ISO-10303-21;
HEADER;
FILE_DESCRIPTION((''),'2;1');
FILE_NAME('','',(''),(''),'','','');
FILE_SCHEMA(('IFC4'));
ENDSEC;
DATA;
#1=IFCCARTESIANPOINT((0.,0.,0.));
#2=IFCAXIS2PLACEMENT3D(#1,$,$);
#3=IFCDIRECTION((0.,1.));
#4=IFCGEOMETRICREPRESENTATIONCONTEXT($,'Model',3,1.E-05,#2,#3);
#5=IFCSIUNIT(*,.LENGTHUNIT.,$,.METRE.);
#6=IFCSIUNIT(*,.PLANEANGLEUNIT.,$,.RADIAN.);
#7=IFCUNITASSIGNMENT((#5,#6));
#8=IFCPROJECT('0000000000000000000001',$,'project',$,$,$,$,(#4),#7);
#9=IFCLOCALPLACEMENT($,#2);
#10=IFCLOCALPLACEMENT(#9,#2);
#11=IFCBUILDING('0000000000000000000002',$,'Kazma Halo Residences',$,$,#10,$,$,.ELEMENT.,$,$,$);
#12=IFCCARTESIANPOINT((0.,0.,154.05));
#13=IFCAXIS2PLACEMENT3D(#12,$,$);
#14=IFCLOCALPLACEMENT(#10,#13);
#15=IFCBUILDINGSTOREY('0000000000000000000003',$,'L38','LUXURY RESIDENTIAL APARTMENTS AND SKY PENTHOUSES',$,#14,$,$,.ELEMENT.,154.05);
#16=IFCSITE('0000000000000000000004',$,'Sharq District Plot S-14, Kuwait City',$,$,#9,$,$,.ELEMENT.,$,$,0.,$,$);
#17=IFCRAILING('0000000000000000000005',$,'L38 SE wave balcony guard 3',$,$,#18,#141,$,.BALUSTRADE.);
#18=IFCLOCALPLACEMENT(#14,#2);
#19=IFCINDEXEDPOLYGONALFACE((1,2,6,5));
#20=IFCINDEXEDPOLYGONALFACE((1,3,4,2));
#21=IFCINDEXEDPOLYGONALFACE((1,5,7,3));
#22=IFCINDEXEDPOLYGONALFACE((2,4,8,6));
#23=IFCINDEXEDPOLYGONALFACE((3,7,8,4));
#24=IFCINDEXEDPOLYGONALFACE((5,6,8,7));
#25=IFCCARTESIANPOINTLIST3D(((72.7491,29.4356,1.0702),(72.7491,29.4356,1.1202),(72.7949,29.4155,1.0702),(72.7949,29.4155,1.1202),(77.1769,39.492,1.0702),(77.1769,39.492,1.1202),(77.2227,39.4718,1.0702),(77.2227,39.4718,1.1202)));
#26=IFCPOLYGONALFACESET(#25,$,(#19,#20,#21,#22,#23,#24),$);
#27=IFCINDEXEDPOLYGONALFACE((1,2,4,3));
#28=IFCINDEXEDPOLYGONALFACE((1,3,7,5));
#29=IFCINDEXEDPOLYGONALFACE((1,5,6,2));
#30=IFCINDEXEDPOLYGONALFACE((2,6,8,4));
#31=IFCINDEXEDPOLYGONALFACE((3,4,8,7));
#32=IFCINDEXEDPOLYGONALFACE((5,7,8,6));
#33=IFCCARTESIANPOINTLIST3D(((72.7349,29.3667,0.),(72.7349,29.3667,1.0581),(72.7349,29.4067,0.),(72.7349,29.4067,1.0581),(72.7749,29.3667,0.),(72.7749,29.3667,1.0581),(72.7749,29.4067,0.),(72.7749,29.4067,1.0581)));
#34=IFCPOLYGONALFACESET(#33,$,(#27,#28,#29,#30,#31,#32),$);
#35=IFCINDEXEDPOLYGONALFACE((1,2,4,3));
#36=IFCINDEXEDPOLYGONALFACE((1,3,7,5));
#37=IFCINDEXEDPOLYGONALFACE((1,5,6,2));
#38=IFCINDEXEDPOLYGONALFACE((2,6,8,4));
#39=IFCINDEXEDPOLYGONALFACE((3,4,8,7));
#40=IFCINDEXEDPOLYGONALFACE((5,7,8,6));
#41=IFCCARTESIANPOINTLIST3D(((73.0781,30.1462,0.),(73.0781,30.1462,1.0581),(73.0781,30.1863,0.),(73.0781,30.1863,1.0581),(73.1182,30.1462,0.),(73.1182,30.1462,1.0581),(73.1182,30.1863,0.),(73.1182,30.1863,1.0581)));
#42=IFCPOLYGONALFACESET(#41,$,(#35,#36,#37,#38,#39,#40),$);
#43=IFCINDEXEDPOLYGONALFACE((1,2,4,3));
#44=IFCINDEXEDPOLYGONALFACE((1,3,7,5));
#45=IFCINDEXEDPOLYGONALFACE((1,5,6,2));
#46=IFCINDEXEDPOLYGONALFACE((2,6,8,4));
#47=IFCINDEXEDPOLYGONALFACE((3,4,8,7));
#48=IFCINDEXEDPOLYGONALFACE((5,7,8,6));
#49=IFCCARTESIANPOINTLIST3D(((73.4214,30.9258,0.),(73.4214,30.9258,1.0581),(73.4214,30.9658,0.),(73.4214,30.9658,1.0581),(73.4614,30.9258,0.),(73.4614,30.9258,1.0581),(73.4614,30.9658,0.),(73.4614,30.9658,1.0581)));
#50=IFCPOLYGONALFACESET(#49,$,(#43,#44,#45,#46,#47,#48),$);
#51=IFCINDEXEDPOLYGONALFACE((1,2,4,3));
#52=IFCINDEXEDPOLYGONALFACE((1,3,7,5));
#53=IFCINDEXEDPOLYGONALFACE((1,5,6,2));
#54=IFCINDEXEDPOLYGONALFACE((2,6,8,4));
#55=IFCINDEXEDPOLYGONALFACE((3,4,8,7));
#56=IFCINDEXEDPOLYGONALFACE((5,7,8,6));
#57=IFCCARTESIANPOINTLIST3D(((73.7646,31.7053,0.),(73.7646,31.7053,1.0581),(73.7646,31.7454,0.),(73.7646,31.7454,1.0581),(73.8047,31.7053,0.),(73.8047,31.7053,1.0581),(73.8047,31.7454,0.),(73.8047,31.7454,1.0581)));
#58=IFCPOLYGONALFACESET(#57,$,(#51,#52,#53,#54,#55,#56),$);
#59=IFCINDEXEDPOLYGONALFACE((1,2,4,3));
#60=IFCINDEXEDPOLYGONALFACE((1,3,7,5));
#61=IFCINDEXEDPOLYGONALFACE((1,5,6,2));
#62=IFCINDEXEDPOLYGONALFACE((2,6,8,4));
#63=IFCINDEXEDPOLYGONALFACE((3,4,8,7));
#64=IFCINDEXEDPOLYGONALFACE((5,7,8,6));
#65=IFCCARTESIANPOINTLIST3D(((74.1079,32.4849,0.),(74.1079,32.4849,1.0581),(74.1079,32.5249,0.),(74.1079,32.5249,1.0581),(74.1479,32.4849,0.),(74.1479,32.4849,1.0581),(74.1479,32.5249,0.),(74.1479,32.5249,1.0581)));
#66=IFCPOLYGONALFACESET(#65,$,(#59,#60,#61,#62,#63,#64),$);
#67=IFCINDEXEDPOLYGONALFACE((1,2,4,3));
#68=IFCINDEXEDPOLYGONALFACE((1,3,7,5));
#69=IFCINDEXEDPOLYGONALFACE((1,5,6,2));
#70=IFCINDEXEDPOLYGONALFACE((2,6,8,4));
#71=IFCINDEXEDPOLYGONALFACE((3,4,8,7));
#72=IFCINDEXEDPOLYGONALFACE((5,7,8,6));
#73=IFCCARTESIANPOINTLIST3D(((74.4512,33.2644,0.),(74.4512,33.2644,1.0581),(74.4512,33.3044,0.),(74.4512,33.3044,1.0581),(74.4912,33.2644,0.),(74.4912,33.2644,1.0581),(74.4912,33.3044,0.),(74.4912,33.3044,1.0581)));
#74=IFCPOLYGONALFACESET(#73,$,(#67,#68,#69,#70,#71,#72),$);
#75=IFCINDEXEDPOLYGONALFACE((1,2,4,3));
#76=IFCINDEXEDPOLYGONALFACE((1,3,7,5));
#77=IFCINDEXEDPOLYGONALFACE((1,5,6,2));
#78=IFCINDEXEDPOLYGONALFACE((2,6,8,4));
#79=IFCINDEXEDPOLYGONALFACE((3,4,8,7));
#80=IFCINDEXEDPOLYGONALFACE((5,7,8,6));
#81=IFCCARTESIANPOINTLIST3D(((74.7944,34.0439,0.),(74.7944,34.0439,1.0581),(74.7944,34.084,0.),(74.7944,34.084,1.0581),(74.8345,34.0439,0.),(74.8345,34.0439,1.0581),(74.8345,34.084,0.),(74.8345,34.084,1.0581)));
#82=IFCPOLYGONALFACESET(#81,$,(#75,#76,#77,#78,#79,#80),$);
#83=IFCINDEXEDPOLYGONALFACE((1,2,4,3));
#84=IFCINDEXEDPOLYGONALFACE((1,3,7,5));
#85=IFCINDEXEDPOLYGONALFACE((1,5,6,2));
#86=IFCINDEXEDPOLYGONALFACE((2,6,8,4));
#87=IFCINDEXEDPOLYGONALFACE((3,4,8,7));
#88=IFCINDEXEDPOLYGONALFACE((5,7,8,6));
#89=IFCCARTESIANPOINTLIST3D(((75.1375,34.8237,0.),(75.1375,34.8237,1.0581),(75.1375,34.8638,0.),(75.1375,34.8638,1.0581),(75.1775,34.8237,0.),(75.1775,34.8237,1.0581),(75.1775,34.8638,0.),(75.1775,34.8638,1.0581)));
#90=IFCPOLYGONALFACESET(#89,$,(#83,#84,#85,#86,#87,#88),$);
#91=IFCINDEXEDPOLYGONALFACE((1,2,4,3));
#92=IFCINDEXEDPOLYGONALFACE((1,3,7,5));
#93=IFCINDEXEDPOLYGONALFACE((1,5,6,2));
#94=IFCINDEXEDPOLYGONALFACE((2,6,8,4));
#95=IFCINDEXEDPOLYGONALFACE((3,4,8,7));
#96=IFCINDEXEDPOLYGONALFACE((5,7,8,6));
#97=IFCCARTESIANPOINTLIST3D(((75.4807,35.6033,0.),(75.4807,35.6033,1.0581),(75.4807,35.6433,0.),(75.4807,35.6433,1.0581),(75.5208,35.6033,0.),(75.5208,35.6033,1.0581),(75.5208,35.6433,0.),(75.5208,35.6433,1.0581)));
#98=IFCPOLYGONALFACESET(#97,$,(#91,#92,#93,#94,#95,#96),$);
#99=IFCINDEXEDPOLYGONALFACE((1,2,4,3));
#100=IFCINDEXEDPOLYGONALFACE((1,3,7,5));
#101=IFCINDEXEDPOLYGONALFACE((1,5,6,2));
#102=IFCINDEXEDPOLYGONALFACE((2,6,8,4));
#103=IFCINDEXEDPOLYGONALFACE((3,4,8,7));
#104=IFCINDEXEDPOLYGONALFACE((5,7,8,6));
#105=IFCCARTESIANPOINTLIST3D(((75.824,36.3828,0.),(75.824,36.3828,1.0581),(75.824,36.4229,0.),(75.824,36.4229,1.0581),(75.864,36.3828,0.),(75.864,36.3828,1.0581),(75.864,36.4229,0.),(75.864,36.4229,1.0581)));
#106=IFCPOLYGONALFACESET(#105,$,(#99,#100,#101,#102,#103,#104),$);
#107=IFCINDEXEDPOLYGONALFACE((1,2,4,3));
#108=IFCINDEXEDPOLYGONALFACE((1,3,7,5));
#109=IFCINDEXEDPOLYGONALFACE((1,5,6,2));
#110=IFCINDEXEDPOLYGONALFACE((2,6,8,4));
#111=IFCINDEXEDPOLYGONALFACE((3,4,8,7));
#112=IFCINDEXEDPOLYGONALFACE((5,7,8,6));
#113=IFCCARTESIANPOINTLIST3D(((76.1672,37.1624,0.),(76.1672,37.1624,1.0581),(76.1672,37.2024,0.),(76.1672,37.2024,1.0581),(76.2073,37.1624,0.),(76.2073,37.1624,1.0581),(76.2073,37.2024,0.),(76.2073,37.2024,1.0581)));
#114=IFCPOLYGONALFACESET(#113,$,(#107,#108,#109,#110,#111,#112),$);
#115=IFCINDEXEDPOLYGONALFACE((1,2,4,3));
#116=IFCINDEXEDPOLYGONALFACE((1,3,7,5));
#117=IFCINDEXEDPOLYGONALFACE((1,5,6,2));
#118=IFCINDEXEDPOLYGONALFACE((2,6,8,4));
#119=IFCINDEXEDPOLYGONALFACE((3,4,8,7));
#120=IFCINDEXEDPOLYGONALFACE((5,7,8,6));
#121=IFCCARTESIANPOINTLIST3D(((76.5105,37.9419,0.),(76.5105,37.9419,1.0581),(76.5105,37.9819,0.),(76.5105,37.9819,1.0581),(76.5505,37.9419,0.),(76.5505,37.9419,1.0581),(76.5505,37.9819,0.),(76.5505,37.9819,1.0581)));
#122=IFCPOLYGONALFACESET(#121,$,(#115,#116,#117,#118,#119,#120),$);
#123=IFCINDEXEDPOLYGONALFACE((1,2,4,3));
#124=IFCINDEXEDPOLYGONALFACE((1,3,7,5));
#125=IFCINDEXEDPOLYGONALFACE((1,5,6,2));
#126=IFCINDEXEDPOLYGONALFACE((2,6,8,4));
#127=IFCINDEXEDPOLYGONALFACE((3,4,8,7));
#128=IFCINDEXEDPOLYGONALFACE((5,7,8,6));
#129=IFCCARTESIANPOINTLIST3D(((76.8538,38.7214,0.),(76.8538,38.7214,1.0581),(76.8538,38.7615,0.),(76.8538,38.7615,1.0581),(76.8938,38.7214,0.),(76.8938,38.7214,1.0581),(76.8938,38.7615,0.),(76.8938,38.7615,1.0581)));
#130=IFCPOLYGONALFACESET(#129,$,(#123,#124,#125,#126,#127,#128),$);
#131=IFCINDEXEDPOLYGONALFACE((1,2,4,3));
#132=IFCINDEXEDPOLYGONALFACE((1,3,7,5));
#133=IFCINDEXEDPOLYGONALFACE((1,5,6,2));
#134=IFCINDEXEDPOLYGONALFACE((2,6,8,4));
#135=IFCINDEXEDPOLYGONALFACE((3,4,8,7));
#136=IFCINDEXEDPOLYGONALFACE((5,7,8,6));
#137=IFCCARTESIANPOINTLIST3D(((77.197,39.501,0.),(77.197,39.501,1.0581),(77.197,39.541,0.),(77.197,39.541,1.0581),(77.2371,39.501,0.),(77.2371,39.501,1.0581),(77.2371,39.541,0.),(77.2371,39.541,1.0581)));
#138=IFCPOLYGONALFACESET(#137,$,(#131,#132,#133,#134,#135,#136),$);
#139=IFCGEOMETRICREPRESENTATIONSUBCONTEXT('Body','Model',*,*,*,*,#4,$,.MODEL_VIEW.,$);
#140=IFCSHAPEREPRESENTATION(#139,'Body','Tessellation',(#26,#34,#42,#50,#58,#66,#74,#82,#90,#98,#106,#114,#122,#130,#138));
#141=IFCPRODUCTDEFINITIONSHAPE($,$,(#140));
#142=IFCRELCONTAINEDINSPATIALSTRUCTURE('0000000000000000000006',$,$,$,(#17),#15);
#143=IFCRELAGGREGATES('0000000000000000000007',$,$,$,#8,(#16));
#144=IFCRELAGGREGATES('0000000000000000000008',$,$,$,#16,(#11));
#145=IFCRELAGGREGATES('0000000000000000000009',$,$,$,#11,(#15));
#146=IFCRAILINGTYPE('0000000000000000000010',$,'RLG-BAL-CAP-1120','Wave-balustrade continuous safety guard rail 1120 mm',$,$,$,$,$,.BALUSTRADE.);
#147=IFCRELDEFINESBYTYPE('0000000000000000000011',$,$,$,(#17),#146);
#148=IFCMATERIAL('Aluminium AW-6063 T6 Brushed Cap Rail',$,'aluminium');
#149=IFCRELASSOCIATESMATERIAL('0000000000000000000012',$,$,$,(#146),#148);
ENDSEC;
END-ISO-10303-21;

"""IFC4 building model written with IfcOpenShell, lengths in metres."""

from ifc_helpers import new_model, si_unit, direction, frame, origin, origin_2d, place, context, subcontext, project, spatial, rectangle, extrude, material, type_object, element, save


model = new_model("IFC4")

# Units and contexts
model_context = context("Model", 3, precision=1e-05, world=origin(), true_north=direction((0.0, 1.0)))
body_context = subcontext(model_context, "Body", "Model", "MODEL_VIEW")
ifc_project = project(units=[si_unit("LENGTHUNIT", "METRE"), si_unit("PLANEANGLEUNIT", "RADIAN")], contexts=[model_context])

# Site, building, storey
site_placement = place(None, origin())
site = spatial("IfcSite", under=ifc_project, at=site_placement, Name="Sharq District Plot S-14, Kuwait City", CompositionType="ELEMENT", RefElevation=0.0)
building_placement = place(site_placement, origin())
building = spatial("IfcBuilding", under=site, at=building_placement, Name="Kazma Halo Residences", CompositionType="ELEMENT")
storey_placement = place(building_placement, frame((0.0, 0.0, 154.05)))
storey = spatial("IfcBuildingStorey", under=building, at=storey_placement, Name="L38", Description="LUXURY RESIDENTIAL APARTMENTS AND SKY PENTHOUSES", CompositionType="ELEMENT", Elevation=154.05)

# Railing
ifc_material_1 = material(Name="Aluminium AW-6063 T6 Brushed Cap Rail", Category="aluminium")
railing_type = type_object("IfcRailingType", Name="RLG-BAL-CAP-1120", Description="Wave-balustrade continuous safety guard rail 1120 mm", PredefinedType="BALUSTRADE", material=ifc_material_1)
railing_1_placement = place(storey_placement, frame((72.7549, 29.3867, 0.0)))
element("IfcRailing", 1, at=railing_1_placement, inside=storey, type_object=railing_type, Name="L38 SE wave balcony guard 3", PredefinedType="BALUSTRADE", context=body_context, shape_type="SweptSolid", body=[
    extrude(rectangle(XDim=0.05, YDim=0.05, at=origin_2d()), frame((0.0171, 0.0388, 1.0952), z_axis=(0.402971, 0.915213, 0.0), x_axis=(-0.915213, 0.402971, 0.0)), (0.0, 0.0, 1.0), 10.988),
    extrude(rectangle(XDim=0.04, YDim=0.04, at=origin_2d()), origin(), (0.0, 0.0, 1.0), 1.0581),
    extrude(rectangle(XDim=0.04, YDim=0.04, at=origin_2d()), frame((0.3433, 0.7795, 0.0)), (0.0, 0.0, 1.0), 1.0581),
    extrude(rectangle(XDim=0.04, YDim=0.04, at=origin_2d()), frame((0.6865, 1.5591, 0.0)), (0.0, 0.0, 1.0), 1.0581),
    extrude(rectangle(XDim=0.04, YDim=0.04, at=origin_2d()), frame((1.0298, 2.3386, 0.0)), (0.0, 0.0, 1.0), 1.0581),
    extrude(rectangle(XDim=0.04, YDim=0.04, at=origin_2d()), frame((1.373, 3.1182, 0.0)), (0.0, 0.0, 1.0), 1.0581),
    extrude(rectangle(XDim=0.04, YDim=0.04, at=origin_2d()), frame((1.7163, 3.8977, 0.0)), (0.0, 0.0, 1.0), 1.0581),
    extrude(rectangle(XDim=0.04, YDim=0.04, at=origin_2d()), frame((2.0596, 4.6772, 0.0)), (0.0, 0.0, 1.0), 1.0581),
    extrude(rectangle(XDim=0.04, YDim=0.04, at=origin_2d()), frame((2.4026, 5.457, 0.0)), (0.0, 0.0, 1.0), 1.0581),
    extrude(rectangle(XDim=0.04, YDim=0.04, at=origin_2d()), frame((2.7458, 6.2366, 0.0)), (0.0, 0.0, 1.0), 1.0581),
    extrude(rectangle(XDim=0.04, YDim=0.04, at=origin_2d()), frame((3.0891, 7.0161, 0.0)), (0.0, 0.0, 1.0), 1.0581),
    extrude(rectangle(XDim=0.04, YDim=0.04, at=origin_2d()), frame((3.4324, 7.7957, 0.0)), (0.0, 0.0, 1.0), 1.0581),
    extrude(rectangle(XDim=0.04, YDim=0.04, at=origin_2d()), frame((3.7756, 8.5752, 0.0)), (0.0, 0.0, 1.0), 1.0581),
    extrude(rectangle(XDim=0.04, YDim=0.04, at=origin_2d()), frame((4.1189, 9.3547, 0.0)), (0.0, 0.0, 1.0), 1.0581),
    extrude(rectangle(XDim=0.04, YDim=0.04, at=origin_2d()), frame((4.4622, 10.1343, 0.0)), (0.0, 0.0, 1.0), 1.0581),
])

save(model, "model.ifc")
